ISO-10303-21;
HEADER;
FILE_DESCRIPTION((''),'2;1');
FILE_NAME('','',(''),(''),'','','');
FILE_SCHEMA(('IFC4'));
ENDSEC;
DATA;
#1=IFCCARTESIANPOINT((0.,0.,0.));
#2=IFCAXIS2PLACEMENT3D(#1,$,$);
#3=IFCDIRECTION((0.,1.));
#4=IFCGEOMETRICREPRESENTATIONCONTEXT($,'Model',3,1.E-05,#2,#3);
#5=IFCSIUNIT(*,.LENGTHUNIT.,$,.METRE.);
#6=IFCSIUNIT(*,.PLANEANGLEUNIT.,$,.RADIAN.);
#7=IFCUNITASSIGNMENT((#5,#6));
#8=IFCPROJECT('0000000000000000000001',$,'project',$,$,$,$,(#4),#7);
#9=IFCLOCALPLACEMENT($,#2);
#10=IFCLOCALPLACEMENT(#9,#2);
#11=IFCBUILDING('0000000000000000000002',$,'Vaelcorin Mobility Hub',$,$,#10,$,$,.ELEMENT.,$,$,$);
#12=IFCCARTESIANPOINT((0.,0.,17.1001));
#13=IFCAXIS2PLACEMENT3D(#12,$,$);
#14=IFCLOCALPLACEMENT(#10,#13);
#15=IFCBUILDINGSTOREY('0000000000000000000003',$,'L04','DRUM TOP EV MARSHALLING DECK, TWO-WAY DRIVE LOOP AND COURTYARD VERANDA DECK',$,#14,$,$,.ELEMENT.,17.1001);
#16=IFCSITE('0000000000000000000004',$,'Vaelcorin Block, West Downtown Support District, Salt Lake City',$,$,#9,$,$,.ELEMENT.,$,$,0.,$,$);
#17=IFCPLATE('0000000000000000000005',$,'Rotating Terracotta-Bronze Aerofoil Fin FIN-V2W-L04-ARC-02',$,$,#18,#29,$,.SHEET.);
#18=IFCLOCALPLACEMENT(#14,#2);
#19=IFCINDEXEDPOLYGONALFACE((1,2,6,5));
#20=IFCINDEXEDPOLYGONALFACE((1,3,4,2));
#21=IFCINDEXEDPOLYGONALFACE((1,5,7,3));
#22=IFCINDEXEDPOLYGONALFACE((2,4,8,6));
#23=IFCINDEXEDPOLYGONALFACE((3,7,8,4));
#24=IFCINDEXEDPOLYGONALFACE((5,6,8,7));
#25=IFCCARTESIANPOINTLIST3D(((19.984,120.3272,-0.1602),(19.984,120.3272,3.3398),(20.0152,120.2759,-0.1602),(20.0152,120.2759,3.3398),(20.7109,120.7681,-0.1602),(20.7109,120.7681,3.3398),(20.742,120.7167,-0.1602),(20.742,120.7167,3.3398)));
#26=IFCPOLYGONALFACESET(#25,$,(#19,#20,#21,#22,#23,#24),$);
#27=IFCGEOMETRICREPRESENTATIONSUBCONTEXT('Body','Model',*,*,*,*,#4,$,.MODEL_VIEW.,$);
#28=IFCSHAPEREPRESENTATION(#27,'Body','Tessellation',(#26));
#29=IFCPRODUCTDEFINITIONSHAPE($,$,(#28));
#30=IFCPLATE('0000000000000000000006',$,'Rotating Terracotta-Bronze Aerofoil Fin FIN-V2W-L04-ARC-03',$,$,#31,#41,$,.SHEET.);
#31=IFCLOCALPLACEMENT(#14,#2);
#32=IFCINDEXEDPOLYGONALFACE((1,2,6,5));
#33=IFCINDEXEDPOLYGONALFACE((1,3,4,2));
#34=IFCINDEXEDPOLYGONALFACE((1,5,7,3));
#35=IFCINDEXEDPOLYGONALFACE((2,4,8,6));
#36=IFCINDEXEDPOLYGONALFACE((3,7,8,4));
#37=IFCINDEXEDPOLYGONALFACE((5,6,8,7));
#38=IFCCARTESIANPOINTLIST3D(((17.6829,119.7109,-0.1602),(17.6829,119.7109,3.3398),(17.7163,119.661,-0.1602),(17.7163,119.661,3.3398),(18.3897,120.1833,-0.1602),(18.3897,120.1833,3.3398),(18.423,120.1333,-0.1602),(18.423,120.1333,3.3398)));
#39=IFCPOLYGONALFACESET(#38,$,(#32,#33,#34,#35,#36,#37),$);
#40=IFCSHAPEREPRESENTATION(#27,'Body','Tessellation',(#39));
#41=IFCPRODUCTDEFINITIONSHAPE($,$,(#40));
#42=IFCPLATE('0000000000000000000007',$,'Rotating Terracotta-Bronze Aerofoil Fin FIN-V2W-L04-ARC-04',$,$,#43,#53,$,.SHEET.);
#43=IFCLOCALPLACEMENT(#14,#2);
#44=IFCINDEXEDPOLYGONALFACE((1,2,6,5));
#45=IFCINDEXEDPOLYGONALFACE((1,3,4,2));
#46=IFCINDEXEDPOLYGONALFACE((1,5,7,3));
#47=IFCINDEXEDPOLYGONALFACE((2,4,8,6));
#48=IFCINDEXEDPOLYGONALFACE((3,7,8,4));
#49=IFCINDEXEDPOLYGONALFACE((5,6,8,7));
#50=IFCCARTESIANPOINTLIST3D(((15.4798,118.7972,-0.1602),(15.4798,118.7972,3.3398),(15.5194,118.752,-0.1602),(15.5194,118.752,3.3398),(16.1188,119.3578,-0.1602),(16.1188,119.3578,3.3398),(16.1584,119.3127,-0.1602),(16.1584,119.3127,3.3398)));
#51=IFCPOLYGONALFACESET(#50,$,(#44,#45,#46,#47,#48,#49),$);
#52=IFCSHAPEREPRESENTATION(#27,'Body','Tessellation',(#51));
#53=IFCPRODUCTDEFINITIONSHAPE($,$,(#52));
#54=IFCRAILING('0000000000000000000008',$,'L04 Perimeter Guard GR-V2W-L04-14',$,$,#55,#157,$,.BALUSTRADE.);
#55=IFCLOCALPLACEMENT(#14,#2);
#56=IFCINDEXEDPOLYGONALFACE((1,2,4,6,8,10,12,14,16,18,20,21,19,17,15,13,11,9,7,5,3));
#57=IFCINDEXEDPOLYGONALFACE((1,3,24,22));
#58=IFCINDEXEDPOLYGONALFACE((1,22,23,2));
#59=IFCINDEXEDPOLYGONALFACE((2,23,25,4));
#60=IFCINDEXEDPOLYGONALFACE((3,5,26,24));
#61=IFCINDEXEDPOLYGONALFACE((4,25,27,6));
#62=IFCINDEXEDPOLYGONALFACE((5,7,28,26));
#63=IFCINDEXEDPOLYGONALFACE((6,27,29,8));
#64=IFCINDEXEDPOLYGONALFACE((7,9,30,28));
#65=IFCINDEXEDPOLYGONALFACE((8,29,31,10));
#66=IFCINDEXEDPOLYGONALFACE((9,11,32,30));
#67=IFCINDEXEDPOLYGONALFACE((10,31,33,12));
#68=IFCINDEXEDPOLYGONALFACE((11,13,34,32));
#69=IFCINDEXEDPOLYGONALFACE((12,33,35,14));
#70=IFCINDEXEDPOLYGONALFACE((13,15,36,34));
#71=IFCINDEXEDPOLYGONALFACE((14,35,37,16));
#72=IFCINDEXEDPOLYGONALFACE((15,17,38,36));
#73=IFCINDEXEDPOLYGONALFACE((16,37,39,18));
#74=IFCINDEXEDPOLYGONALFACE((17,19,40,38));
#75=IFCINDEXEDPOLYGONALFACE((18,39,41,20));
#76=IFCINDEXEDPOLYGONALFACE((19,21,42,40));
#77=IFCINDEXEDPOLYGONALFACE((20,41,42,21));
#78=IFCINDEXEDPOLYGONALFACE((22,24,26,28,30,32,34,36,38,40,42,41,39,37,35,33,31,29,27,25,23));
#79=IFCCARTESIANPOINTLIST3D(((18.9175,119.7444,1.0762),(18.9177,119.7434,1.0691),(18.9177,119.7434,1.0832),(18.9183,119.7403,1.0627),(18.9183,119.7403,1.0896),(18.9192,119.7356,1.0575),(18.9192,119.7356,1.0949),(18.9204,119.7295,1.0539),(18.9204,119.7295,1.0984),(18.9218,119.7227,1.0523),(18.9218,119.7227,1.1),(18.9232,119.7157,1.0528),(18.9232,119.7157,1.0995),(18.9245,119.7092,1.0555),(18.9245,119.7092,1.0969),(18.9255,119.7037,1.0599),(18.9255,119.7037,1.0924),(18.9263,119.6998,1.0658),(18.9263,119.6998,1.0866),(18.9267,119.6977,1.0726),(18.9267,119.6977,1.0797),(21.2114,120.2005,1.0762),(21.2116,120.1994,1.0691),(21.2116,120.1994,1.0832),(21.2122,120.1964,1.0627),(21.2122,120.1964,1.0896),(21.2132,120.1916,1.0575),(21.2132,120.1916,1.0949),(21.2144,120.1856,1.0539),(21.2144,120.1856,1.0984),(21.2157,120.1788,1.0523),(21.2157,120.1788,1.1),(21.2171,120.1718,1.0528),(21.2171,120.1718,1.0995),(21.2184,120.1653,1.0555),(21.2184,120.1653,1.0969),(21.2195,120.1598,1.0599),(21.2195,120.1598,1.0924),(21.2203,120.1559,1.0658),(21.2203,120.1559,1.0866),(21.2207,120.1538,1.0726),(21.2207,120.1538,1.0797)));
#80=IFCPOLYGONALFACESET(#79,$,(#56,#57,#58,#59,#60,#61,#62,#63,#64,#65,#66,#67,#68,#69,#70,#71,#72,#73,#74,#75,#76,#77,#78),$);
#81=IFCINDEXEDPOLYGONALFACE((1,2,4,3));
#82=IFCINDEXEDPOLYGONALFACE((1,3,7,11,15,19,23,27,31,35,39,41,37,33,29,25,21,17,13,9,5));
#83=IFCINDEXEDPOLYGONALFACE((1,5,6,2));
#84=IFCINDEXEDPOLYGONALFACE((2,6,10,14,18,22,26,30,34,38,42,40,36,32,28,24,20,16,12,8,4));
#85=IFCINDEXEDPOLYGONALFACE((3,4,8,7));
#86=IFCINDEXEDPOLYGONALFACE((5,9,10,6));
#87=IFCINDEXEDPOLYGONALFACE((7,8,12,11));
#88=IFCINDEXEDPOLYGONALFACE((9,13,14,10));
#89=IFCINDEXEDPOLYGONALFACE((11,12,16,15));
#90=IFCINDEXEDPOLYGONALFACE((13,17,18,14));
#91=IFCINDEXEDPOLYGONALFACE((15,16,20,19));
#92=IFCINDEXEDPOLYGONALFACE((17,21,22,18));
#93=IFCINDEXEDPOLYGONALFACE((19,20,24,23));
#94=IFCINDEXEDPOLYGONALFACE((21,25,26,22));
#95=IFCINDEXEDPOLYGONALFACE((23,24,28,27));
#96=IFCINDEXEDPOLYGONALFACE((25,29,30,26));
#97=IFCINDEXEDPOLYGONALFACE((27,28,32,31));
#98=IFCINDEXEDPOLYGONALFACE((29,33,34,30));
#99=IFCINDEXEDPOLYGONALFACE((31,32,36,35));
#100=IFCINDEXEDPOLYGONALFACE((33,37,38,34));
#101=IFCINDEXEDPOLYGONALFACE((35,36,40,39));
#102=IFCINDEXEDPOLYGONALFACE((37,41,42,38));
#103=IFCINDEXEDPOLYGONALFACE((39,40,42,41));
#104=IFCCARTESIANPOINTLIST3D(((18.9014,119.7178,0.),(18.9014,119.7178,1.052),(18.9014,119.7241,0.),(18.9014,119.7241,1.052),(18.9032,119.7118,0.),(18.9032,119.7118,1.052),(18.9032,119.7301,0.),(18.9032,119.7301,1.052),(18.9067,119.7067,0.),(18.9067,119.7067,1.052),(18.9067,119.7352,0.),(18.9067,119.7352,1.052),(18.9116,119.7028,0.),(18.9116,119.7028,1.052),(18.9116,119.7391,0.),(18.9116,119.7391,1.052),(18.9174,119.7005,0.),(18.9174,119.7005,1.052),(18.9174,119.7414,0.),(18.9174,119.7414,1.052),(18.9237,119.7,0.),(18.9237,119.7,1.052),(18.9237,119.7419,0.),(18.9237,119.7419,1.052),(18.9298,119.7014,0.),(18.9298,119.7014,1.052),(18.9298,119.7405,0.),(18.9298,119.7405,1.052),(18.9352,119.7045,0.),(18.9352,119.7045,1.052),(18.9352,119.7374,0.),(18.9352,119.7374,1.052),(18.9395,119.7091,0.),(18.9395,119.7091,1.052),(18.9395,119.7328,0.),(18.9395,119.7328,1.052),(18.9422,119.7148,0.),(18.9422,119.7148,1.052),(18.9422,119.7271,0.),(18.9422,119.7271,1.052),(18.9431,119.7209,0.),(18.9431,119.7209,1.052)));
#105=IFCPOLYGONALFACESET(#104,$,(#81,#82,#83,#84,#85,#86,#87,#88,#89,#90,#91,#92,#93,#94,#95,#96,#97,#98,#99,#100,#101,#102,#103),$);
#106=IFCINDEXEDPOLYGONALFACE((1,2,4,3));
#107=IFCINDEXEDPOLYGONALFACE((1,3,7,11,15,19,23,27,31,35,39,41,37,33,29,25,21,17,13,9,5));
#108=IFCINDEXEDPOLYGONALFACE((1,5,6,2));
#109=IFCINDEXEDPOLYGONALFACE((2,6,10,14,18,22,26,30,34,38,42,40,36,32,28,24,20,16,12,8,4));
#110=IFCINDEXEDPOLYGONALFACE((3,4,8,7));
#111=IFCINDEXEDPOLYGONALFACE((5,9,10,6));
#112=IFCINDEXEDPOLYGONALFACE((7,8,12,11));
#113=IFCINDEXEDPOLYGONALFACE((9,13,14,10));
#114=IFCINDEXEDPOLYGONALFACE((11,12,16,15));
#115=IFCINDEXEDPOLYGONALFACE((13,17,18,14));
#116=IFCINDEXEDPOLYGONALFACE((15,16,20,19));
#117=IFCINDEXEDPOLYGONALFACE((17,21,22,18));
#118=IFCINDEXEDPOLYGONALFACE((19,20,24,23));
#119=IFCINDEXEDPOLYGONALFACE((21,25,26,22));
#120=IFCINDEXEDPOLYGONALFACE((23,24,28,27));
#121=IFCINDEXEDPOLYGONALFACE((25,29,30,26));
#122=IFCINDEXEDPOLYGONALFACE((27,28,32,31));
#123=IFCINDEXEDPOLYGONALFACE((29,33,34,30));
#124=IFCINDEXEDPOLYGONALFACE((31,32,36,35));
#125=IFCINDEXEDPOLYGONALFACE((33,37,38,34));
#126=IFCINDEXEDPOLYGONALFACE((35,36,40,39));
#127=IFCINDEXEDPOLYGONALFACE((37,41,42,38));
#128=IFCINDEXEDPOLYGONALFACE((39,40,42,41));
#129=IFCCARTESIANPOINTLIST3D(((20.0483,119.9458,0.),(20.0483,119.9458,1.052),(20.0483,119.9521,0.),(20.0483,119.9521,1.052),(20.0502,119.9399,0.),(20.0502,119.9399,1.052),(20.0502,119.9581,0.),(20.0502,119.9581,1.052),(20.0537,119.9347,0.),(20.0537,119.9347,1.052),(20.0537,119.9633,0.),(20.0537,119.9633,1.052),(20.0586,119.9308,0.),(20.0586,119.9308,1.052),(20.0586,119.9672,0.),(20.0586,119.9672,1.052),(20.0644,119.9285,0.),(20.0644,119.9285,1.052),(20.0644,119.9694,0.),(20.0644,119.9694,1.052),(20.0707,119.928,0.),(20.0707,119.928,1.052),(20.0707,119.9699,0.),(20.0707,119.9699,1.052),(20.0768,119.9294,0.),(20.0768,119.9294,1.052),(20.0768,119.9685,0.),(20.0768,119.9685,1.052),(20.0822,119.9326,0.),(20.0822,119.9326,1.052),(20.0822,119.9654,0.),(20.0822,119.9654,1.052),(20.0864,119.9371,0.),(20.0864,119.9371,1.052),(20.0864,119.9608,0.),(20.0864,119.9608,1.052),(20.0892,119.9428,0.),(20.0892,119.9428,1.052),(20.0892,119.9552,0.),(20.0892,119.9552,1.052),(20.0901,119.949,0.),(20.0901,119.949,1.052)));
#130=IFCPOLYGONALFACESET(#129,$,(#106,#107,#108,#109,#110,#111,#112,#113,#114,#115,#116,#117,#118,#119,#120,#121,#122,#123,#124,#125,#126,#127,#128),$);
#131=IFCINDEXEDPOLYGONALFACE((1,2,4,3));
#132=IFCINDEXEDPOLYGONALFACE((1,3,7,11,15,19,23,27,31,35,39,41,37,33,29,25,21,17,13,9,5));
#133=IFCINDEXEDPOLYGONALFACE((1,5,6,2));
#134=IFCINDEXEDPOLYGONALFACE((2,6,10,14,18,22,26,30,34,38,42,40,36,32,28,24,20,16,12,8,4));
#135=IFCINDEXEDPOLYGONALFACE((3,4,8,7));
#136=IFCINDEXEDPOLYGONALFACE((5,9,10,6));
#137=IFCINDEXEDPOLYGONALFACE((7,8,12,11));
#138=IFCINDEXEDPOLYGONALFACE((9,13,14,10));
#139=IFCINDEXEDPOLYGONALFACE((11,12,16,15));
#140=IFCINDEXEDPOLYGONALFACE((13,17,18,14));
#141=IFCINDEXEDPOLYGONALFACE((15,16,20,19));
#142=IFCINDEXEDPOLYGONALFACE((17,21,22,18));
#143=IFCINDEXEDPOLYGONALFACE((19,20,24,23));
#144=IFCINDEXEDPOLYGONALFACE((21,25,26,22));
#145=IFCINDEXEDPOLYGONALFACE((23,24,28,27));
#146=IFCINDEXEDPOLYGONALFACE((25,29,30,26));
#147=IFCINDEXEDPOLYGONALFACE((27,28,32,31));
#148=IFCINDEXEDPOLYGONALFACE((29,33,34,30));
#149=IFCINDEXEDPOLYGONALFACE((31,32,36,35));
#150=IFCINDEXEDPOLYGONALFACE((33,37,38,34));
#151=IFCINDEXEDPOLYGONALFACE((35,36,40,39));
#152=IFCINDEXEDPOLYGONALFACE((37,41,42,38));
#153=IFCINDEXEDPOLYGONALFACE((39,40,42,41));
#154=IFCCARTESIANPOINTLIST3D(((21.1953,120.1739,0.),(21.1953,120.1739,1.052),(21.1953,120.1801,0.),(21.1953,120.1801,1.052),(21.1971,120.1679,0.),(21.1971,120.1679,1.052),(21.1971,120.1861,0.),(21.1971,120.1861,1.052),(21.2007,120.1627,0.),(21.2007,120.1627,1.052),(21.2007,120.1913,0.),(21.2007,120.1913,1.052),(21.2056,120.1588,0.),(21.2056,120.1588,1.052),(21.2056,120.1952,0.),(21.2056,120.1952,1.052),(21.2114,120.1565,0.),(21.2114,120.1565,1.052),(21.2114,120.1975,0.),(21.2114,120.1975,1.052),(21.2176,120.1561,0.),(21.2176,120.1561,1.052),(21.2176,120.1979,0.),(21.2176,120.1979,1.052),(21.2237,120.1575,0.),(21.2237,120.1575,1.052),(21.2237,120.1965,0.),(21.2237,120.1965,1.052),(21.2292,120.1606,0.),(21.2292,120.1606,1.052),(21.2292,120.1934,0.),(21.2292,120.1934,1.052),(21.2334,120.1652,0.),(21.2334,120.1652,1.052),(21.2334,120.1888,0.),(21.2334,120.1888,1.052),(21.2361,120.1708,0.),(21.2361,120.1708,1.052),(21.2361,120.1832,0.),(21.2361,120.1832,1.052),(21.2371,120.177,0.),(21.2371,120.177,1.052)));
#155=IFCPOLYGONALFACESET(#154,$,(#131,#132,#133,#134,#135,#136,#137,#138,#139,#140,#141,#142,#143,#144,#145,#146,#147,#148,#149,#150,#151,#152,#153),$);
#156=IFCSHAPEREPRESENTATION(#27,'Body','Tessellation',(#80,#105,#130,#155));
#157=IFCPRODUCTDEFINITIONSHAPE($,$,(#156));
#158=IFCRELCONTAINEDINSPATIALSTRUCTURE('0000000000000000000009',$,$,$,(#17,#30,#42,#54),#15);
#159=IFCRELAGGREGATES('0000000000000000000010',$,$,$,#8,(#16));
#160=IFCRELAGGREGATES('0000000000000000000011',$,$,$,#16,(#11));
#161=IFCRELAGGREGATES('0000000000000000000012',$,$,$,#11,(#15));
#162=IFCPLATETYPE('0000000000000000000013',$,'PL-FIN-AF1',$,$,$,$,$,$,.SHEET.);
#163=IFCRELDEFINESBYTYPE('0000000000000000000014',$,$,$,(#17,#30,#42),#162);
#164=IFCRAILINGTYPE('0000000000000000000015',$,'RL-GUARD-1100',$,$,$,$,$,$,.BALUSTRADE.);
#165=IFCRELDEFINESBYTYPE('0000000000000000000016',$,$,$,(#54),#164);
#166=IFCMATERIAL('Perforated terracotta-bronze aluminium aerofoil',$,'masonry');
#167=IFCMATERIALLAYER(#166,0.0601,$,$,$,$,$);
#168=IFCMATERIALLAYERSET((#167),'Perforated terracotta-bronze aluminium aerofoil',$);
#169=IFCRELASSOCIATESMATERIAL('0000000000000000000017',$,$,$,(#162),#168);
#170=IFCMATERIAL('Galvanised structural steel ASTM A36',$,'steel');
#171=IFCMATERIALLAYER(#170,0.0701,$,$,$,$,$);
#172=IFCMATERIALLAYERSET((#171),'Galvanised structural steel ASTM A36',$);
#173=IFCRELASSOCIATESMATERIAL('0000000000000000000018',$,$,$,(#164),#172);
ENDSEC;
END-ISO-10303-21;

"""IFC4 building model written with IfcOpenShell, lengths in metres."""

from ifc_helpers import new_model, si_unit, direction, frame, origin, origin_2d, place, context, subcontext, project, spatial, rectangle, circle, extrude, material, layer, layer_set, type_object, element, save


model = new_model("IFC4")

# Units and contexts
model_context = context("Model", 3, precision=1e-05, world=origin(), true_north=direction((0.0, 1.0)))
body_context = subcontext(model_context, "Body", "Model", "MODEL_VIEW")
ifc_project = project(units=[si_unit("LENGTHUNIT", "METRE"), si_unit("PLANEANGLEUNIT", "RADIAN")], contexts=[model_context])

# Site, building, storey
site_placement = place(None, origin())
site = spatial("IfcSite", under=ifc_project, at=site_placement, Name="Vaelcorin Block, West Downtown Support District, Salt Lake City", CompositionType="ELEMENT", RefElevation=0.0)
building_placement = place(site_placement, origin())
building = spatial("IfcBuilding", under=site, at=building_placement, Name="Vaelcorin Mobility Hub", CompositionType="ELEMENT")
storey_placement = place(building_placement, frame((0.0, 0.0, 17.1001)))
storey = spatial("IfcBuildingStorey", under=building, at=storey_placement, Name="L04", Description="DRUM TOP EV MARSHALLING DECK, TWO-WAY DRIVE LOOP AND COURTYARD VERANDA DECK", CompositionType="ELEMENT", Elevation=17.1001)

# Plates
ifc_material_1 = material(Name="Perforated terracotta-bronze aluminium aerofoil", Category="masonry")
ifc_layer_1 = layer(ifc_material_1, 0.0601)
ifc_layer_set_1 = layer_set([ifc_layer_1], Name="Perforated terracotta-bronze aluminium aerofoil")
plate_type = type_object("IfcPlateType", Name="PL-FIN-AF1", PredefinedType="SHEET", material=ifc_layer_set_1)
for number, where, z_axis, x_axis, name in (
    (1, (20.363, 120.522, -0.1602), (0.0, 0.0, 1.0), (0.855021, 0.518594, 0.0), "Rotating Terracotta-Bronze Aerofoil Fin FIN-V2W-L04-ARC-02"),
    (2, (18.053, 119.9221, -0.1602), (0.0, 0.0, 1.0), (0.831392, 0.555686, 0.0), "Rotating Terracotta-Bronze Aerofoil Fin FIN-V2W-L04-ARC-03"),
    (3, (15.8191, 119.0549, -0.1602), (0.0, 0.0, 1.0), (0.751725, 0.659477, 0.0), "Rotating Terracotta-Bronze Aerofoil Fin FIN-V2W-L04-ARC-04"),
):
    element("IfcPlate", number, at=place(storey_placement, frame(where, z_axis=z_axis, x_axis=x_axis)), inside=storey, type_object=plate_type, Name=name, PredefinedType="SHEET", context=body_context, shape_type="SweptSolid", body=[
        extrude(rectangle(XDim=0.8501, YDim=0.0601, at=origin_2d()), origin(), (0.0, 0.0, 1.0), 3.5),
    ])

# Railing
ifc_material_2 = material(Name="Galvanised structural steel ASTM A36", Category="steel")
ifc_layer_2 = layer(ifc_material_2, 0.0701)
ifc_layer_set_2 = layer_set([ifc_layer_2], Name="Galvanised structural steel ASTM A36")
railing_type = type_object("IfcRailingType", Name="RL-GUARD-1100", PredefinedType="BALUSTRADE", material=ifc_layer_set_2)
railing_1_placement = place(storey_placement, frame((18.9221, 119.7209, 0.0)))
element("IfcRailing", 4, at=railing_1_placement, inside=storey, type_object=railing_type, Name="L04 Perimeter Guard GR-V2W-L04-14", PredefinedType="BALUSTRADE", context=body_context, shape_type="SweptSolid", body=[
    extrude(circle(Radius=0.0239, at=origin_2d()), frame((0.0, 0.0, 1.0762), z_axis=(0.980805, 0.194992, 0.0), x_axis=(-0.194992, 0.980805, 0.0)), (0.0, 0.0, 1.0), 2.3389),
    extrude(circle(Radius=0.021, at=origin_2d()), origin(), (0.0, 0.0, 1.0), 1.052),
    extrude(circle(Radius=0.021, at=origin_2d()), frame((1.147, 0.228, 0.0)), (0.0, 0.0, 1.0), 1.052),
    extrude(circle(Radius=0.021, at=origin_2d()), frame((2.2939, 0.4561, 0.0)), (0.0, 0.0, 1.0), 1.052),
])

save(model, "model.ifc")
